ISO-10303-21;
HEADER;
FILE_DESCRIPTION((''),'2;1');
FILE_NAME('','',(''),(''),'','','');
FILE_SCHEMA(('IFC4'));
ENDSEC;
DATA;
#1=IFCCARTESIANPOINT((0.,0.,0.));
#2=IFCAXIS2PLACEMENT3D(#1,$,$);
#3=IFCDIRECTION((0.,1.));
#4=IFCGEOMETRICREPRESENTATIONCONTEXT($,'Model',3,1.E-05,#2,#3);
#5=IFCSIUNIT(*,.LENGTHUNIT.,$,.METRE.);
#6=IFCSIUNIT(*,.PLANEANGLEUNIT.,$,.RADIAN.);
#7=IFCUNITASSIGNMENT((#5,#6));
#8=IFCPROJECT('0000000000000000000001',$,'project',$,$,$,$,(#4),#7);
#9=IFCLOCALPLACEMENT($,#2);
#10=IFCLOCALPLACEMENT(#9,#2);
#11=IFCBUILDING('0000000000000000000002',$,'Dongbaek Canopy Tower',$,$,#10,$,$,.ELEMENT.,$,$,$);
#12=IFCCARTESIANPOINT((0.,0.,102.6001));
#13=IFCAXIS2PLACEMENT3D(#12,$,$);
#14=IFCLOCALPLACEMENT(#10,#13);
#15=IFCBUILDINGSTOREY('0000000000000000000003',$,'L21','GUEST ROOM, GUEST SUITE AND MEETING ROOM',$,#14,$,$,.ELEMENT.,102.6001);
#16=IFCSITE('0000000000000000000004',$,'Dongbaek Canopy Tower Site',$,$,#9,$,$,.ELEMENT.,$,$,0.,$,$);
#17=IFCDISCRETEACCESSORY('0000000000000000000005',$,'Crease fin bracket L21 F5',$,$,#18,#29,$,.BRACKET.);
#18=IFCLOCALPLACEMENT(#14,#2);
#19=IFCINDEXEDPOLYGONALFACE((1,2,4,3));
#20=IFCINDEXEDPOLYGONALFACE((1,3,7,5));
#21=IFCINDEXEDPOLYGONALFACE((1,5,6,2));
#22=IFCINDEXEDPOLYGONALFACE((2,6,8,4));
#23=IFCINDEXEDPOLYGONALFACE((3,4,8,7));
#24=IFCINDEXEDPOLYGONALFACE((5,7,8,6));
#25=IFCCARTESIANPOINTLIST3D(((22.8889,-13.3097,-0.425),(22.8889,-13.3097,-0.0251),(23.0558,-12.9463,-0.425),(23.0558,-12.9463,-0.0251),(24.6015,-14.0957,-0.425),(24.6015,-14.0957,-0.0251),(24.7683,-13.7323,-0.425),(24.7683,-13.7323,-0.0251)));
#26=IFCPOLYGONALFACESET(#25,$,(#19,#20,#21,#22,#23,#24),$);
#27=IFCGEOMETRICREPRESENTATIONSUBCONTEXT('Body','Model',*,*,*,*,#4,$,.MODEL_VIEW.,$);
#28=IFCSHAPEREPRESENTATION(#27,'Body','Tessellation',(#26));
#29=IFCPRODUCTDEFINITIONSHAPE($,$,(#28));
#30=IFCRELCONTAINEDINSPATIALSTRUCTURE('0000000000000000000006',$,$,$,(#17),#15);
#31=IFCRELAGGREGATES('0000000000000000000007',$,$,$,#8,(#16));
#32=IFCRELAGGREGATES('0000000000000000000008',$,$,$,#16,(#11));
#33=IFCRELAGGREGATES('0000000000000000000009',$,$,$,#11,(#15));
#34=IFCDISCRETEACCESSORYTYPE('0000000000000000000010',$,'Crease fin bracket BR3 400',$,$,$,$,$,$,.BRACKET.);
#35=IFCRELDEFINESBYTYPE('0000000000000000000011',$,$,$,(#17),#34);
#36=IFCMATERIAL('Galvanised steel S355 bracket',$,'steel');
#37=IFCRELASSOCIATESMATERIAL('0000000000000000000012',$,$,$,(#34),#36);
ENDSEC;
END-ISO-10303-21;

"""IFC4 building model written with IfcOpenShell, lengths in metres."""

from ifc_helpers import new_model, si_unit, direction, frame, origin, origin_2d, place, context, subcontext, project, spatial, rectangle, extrude, material, type_object, element, save


model = new_model("IFC4")

# Units and contexts
model_context = context("Model", 3, precision=1e-05, world=origin(), true_north=direction((0.0, 1.0)))
body_context = subcontext(model_context, "Body", "Model", "MODEL_VIEW")
ifc_project = project(units=[si_unit("LENGTHUNIT", "METRE"), si_unit("PLANEANGLEUNIT", "RADIAN")], contexts=[model_context])

# Site, building, storey
site_placement = place(None, origin())
site = spatial("IfcSite", under=ifc_project, at=site_placement, Name="Dongbaek Canopy Tower Site", CompositionType="ELEMENT", RefElevation=0.0)
building_placement = place(site_placement, origin())
building = spatial("IfcBuilding", under=site, at=building_placement, Name="Dongbaek Canopy Tower", CompositionType="ELEMENT")
storey_placement = place(building_placement, frame((0.0, 0.0, 102.6001)))
storey = spatial("IfcBuildingStorey", under=building, at=storey_placement, Name="L21", Description="GUEST ROOM, GUEST SUITE AND MEETING ROOM", CompositionType="ELEMENT", Elevation=102.6001)

# Discrete accessory
ifc_material_1 = material(Name="Galvanised steel S355 bracket", Category="steel")
discrete_accessory_type = type_object("IfcDiscreteAccessoryType", Name="Crease fin bracket BR3 400", PredefinedType="BRACKET", material=ifc_material_1)
discrete_accessory_placement = place(storey_placement, frame((23.8286, -13.521, -0.425), z_axis=(0.0, 0.0, 1.0), x_axis=(0.908848, -0.417126, 0.0)))
element("IfcDiscreteAccessory", 1, at=discrete_accessory_placement, inside=storey, type_object=discrete_accessory_type, Name="Crease fin bracket L21 F5", PredefinedType="BRACKET", context=body_context, shape_type="SweptSolid", body=[
    extrude(rectangle(XDim=1.8843, YDim=0.3999, at=origin_2d()), origin(), (0.0, 0.0, 1.0), 0.3999),
])

save(model, "model.ifc")
